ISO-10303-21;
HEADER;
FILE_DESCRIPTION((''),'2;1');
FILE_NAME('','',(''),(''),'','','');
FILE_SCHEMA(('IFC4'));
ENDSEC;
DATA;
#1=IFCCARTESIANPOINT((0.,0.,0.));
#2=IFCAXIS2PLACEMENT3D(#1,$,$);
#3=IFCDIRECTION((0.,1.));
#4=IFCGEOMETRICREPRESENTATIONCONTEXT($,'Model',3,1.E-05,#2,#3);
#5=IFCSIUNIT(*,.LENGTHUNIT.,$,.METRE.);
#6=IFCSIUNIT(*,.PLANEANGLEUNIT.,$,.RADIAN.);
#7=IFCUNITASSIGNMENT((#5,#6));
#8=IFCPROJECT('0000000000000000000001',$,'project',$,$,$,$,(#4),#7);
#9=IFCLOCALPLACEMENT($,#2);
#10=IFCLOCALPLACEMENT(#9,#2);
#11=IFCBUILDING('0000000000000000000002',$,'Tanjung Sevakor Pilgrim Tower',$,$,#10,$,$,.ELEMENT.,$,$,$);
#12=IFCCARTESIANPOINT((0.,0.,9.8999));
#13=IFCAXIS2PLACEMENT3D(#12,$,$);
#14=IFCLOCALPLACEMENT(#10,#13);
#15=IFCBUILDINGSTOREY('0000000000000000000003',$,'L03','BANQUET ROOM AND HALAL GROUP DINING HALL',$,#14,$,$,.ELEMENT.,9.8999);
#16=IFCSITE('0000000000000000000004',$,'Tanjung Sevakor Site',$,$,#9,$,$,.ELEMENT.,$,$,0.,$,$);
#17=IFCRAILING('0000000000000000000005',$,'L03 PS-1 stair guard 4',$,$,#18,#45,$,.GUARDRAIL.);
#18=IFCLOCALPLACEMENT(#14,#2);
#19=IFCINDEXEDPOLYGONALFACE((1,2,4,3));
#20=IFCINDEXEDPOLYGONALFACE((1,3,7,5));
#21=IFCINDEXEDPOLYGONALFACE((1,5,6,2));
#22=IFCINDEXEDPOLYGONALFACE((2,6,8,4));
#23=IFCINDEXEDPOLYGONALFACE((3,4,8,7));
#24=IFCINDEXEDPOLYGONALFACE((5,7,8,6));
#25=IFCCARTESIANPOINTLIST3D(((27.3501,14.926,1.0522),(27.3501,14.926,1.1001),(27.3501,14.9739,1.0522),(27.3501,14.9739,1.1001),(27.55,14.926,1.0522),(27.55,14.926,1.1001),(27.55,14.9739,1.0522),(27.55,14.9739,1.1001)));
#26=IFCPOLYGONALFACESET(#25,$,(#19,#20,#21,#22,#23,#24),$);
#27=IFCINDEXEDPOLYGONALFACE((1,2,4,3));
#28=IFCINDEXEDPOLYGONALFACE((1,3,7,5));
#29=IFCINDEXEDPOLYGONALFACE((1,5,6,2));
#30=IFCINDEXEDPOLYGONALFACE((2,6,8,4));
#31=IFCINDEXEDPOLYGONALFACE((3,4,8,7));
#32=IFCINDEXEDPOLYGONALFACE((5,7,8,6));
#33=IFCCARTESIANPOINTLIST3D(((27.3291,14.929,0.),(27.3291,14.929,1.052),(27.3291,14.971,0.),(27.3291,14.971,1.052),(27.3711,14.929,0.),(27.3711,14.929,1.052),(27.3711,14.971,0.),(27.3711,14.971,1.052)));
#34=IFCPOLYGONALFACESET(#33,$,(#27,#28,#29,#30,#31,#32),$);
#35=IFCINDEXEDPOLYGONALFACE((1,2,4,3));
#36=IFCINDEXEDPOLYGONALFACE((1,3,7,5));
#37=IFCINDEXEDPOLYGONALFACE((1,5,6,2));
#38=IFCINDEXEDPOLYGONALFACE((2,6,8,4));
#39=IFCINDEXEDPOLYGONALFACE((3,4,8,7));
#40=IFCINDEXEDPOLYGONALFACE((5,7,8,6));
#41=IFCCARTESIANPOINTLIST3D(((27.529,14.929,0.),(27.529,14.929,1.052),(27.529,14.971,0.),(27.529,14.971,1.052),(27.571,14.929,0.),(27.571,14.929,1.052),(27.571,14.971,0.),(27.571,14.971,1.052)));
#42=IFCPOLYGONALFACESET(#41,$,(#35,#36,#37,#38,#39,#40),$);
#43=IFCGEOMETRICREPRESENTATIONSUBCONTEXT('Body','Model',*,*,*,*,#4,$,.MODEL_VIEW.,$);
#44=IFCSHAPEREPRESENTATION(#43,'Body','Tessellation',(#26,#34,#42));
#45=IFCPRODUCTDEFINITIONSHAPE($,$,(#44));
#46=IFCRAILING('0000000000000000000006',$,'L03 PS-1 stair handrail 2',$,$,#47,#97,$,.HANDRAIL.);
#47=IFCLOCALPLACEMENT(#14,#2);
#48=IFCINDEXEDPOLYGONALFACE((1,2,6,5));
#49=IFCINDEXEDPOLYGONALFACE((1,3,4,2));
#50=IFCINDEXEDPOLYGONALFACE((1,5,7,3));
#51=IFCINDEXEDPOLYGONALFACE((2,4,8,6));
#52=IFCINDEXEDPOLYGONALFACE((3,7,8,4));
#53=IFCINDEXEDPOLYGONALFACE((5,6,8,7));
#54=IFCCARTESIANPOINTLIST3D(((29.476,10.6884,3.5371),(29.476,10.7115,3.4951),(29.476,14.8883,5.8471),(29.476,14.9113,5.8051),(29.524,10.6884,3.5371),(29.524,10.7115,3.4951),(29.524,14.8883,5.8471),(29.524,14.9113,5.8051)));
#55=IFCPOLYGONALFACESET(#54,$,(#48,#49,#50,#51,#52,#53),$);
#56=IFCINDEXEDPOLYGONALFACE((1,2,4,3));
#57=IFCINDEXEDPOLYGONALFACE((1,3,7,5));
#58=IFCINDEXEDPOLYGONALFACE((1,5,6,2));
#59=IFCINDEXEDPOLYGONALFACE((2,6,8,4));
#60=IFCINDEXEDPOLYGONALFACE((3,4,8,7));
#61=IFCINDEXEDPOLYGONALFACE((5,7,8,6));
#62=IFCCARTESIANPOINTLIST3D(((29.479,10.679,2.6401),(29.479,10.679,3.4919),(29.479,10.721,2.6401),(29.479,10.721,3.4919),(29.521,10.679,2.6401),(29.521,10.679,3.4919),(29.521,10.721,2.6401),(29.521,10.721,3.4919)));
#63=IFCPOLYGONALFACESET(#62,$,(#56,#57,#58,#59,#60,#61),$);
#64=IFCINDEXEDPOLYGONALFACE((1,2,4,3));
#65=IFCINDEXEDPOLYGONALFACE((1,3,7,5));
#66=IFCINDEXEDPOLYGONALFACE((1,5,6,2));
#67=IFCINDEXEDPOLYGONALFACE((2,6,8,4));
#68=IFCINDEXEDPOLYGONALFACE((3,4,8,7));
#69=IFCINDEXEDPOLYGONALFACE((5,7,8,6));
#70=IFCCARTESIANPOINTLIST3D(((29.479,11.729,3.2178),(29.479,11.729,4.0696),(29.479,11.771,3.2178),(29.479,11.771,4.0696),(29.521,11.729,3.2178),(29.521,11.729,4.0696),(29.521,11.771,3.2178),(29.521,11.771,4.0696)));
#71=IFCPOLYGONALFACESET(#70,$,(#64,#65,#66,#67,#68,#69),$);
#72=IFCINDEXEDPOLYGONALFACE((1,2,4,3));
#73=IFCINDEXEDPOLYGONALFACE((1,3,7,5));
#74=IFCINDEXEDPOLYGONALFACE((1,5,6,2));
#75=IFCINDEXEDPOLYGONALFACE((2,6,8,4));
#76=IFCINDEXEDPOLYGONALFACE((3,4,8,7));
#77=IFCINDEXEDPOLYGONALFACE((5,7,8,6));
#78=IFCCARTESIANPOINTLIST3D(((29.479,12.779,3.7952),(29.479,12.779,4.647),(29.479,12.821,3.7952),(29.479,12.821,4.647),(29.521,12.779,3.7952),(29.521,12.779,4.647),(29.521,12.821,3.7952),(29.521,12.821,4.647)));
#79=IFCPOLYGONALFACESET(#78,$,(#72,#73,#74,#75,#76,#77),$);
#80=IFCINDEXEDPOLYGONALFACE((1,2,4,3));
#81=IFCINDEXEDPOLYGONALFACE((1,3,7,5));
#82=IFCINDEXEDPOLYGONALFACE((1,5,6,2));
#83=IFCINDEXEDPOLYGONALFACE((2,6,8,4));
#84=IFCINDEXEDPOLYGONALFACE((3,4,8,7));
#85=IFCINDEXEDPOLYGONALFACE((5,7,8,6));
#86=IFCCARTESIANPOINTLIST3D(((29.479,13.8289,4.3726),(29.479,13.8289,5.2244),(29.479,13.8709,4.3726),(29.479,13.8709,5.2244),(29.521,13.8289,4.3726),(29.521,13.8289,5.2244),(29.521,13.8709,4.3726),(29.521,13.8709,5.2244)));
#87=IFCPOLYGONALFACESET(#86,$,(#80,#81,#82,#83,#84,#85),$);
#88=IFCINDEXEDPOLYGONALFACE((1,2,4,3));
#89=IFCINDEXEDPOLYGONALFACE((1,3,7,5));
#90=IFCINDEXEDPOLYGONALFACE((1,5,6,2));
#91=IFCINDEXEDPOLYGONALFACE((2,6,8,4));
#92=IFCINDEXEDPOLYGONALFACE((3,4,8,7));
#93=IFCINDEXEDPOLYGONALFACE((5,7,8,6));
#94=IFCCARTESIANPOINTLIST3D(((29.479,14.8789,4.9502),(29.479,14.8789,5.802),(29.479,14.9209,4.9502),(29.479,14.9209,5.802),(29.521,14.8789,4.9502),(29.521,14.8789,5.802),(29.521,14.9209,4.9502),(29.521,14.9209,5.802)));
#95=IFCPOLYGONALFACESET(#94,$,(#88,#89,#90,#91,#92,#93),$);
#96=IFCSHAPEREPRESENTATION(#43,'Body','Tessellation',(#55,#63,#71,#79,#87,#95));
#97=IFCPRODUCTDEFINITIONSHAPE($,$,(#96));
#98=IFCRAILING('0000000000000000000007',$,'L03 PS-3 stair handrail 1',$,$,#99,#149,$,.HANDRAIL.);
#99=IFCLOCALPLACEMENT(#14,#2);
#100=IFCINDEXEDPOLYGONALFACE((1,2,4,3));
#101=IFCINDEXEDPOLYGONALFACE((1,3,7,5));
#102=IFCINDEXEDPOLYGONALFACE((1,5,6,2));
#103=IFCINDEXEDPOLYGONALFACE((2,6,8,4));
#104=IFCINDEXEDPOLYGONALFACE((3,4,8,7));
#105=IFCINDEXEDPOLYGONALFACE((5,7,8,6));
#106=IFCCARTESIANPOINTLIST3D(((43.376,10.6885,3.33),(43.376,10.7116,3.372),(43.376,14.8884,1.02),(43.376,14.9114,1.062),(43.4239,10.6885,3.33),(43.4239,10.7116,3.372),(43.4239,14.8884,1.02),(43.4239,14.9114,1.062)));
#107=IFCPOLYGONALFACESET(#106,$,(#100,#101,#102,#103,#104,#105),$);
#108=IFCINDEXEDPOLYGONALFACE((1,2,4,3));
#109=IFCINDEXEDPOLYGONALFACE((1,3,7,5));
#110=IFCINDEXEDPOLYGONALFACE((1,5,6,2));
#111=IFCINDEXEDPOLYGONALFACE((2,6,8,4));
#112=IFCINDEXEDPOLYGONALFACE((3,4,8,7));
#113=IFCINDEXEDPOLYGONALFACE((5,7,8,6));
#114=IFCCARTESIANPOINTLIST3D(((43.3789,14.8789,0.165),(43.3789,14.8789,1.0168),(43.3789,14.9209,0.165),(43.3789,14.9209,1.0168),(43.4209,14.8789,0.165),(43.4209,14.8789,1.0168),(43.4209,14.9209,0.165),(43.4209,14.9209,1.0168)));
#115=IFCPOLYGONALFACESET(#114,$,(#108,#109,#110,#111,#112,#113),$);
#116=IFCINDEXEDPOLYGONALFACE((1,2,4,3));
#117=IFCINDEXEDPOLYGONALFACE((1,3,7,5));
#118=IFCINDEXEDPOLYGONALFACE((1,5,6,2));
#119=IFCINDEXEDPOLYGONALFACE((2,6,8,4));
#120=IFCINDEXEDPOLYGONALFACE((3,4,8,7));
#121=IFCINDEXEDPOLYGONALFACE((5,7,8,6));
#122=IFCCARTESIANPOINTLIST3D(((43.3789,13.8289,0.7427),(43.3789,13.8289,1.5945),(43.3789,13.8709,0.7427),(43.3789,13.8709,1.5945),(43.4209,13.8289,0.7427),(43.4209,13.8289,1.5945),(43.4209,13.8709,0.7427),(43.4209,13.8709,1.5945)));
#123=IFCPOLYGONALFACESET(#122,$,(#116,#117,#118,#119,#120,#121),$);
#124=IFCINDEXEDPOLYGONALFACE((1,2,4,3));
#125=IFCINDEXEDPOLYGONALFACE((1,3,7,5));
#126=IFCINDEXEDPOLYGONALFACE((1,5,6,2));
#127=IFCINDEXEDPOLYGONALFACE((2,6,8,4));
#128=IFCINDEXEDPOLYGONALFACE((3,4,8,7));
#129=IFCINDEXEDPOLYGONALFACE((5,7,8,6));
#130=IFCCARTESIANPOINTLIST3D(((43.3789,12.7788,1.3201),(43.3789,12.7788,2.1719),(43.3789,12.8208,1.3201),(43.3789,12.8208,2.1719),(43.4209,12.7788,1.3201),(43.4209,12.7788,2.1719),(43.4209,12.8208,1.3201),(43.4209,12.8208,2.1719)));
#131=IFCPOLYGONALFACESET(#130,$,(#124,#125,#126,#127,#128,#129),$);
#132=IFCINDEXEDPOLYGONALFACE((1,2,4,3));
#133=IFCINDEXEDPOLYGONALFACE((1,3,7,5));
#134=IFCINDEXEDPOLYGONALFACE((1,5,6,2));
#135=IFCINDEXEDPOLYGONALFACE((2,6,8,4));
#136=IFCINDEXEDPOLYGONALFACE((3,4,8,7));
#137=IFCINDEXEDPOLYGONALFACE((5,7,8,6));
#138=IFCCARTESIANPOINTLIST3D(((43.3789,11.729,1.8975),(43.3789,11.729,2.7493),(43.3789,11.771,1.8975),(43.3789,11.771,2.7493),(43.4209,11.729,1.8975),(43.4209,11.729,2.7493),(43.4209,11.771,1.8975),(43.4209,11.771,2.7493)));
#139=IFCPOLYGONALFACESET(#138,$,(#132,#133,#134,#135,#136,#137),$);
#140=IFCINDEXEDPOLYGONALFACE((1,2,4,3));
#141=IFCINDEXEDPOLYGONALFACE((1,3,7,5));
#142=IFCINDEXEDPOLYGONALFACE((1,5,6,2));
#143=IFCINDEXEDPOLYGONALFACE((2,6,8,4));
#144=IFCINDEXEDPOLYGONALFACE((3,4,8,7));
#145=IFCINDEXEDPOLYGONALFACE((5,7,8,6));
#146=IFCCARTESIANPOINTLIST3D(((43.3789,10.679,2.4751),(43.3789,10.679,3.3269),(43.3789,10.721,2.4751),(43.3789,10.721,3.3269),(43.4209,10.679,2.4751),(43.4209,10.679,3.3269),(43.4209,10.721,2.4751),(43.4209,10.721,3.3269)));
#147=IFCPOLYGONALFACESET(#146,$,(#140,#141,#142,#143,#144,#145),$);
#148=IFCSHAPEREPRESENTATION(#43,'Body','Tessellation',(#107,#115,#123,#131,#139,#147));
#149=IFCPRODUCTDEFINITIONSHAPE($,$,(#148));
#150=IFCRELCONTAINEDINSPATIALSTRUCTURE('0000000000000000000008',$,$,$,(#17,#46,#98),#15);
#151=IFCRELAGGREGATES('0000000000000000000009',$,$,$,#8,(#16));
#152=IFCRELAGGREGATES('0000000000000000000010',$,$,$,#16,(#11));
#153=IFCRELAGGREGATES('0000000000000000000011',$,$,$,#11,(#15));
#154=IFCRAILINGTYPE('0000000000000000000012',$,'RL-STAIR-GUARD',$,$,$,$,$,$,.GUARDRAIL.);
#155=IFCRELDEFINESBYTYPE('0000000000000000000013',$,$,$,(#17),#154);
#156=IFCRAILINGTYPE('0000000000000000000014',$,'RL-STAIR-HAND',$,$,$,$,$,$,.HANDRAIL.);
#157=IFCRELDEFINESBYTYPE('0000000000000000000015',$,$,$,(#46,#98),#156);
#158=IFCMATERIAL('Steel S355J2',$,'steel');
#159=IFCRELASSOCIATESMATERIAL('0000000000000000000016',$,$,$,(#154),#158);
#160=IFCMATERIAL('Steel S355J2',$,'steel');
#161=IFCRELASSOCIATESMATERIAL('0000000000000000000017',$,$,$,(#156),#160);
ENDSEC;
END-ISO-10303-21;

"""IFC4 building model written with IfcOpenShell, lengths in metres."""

from ifc_helpers import new_model, si_unit, direction, frame, origin, place, context, subcontext, project, spatial, rectangle, extrude, material, type_object, element, save


model = new_model("IFC4")

# Units and contexts
model_context = context("Model", 3, precision=1e-05, world=origin(), true_north=direction((0.0, 1.0)))
body_context = subcontext(model_context, "Body", "Model", "MODEL_VIEW")
ifc_project = project(units=[si_unit("LENGTHUNIT", "METRE"), si_unit("PLANEANGLEUNIT", "RADIAN")], contexts=[model_context])

# Site, building, storey
site_placement = place(None, origin())
site = spatial("IfcSite", under=ifc_project, at=site_placement, Name="Tanjung Sevakor Site", CompositionType="ELEMENT", RefElevation=0.0)
building_placement = place(site_placement, origin())
building = spatial("IfcBuilding", under=site, at=building_placement, Name="Tanjung Sevakor Pilgrim Tower", CompositionType="ELEMENT")
storey_placement = place(building_placement, frame((0.0, 0.0, 9.8999)))
storey = spatial("IfcBuildingStorey", under=building, at=storey_placement, Name="L03", Description="BANQUET ROOM AND HALAL GROUP DINING HALL", CompositionType="ELEMENT", Elevation=9.8999)

# Railings
ifc_material_1 = material(Name="Steel S355J2", Category="steel")
railing_type_1 = type_object("IfcRailingType", Name="RL-STAIR-GUARD", PredefinedType="GUARDRAIL", material=ifc_material_1)
railing_1_placement = place(storey_placement, frame((27.3501, 14.95, 0.0)))
element("IfcRailing", 1, at=railing_1_placement, inside=storey, type_object=railing_type_1, Name="L03 PS-1 stair guard 4", PredefinedType="GUARDRAIL", context=body_context, shape_type="SweptSolid", body=[
    extrude(rectangle(XDim=0.0479, YDim=0.0479), frame((0.0, 0.0, 1.0762), z_axis=(1.0, 0.0, 0.0), x_axis=(0.0, 1.0, 0.0)), (0.0, 0.0, 1.0), 0.2),
    extrude(rectangle(XDim=0.042, YDim=0.042), origin(), (0.0, 0.0, 1.0), 1.052),
    extrude(rectangle(XDim=0.042, YDim=0.042), frame((0.2, 0.0, 0.0)), (0.0, 0.0, 1.0), 1.052),
])
ifc_material_2 = material(Name="Steel S355J2", Category="steel")
railing_type_2 = type_object("IfcRailingType", Name="RL-STAIR-HAND", PredefinedType="HANDRAIL", material=ifc_material_2)
railing_2_placement = place(storey_placement, frame((29.5, 10.7, 2.6401)))
element("IfcRailing", 2, at=railing_2_placement, inside=storey, type_object=railing_type_2, Name="L03 PS-1 stair handrail 2", PredefinedType="HANDRAIL", context=body_context, shape_type="SweptSolid", body=[
    extrude(rectangle(XDim=0.0479, YDim=0.0479), frame((0.0, 0.0, 0.876), z_axis=(0.0, 0.876208, 0.481932), x_axis=(-1.0, 0.0, 0.0)), (0.0, 0.0, 1.0), 4.7932),
    extrude(rectangle(XDim=0.042, YDim=0.042), origin(), (0.0, 0.0, 1.0), 0.8518),
    extrude(rectangle(XDim=0.042, YDim=0.042), frame((0.0, 1.05, 0.5776)), (0.0, 0.0, 1.0), 0.8518),
    extrude(rectangle(XDim=0.042, YDim=0.042), frame((0.0, 2.1001, 1.155)), (0.0, 0.0, 1.0), 0.8518),
    extrude(rectangle(XDim=0.042, YDim=0.042), frame((0.0, 3.1499, 1.7324)), (0.0, 0.0, 1.0), 0.8518),
    extrude(rectangle(XDim=0.042, YDim=0.042), frame((0.0, 4.2, 2.3101)), (0.0, 0.0, 1.0), 0.8518),
])
railing_3_placement = place(storey_placement, frame((43.3999, 14.8999, 0.165)))
element("IfcRailing", 3, at=railing_3_placement, inside=storey, type_object=railing_type_2, Name="L03 PS-3 stair handrail 1", PredefinedType="HANDRAIL", context=body_context, shape_type="SweptSolid", body=[
    extrude(rectangle(XDim=0.0479, YDim=0.0479), frame((0.0, 0.0, 0.876), z_axis=(0.0, -0.876208, 0.481932), x_axis=(1.0, 0.0, 0.0)), (0.0, 0.0, 1.0), 4.7932),
    extrude(rectangle(XDim=0.042, YDim=0.042), origin(), (0.0, 0.0, 1.0), 0.8518),
    extrude(rectangle(XDim=0.042, YDim=0.042), frame((0.0, -1.05, 0.5776)), (0.0, 0.0, 1.0), 0.8518),
    extrude(rectangle(XDim=0.042, YDim=0.042), frame((0.0, -2.1001, 1.155)), (0.0, 0.0, 1.0), 0.8518),
    extrude(rectangle(XDim=0.042, YDim=0.042), frame((0.0, -3.1499, 1.7324)), (0.0, 0.0, 1.0), 0.8518),
    extrude(rectangle(XDim=0.042, YDim=0.042), frame((0.0, -4.2, 2.3101)), (0.0, 0.0, 1.0), 0.8518),
])

save(model, "model.ifc")
